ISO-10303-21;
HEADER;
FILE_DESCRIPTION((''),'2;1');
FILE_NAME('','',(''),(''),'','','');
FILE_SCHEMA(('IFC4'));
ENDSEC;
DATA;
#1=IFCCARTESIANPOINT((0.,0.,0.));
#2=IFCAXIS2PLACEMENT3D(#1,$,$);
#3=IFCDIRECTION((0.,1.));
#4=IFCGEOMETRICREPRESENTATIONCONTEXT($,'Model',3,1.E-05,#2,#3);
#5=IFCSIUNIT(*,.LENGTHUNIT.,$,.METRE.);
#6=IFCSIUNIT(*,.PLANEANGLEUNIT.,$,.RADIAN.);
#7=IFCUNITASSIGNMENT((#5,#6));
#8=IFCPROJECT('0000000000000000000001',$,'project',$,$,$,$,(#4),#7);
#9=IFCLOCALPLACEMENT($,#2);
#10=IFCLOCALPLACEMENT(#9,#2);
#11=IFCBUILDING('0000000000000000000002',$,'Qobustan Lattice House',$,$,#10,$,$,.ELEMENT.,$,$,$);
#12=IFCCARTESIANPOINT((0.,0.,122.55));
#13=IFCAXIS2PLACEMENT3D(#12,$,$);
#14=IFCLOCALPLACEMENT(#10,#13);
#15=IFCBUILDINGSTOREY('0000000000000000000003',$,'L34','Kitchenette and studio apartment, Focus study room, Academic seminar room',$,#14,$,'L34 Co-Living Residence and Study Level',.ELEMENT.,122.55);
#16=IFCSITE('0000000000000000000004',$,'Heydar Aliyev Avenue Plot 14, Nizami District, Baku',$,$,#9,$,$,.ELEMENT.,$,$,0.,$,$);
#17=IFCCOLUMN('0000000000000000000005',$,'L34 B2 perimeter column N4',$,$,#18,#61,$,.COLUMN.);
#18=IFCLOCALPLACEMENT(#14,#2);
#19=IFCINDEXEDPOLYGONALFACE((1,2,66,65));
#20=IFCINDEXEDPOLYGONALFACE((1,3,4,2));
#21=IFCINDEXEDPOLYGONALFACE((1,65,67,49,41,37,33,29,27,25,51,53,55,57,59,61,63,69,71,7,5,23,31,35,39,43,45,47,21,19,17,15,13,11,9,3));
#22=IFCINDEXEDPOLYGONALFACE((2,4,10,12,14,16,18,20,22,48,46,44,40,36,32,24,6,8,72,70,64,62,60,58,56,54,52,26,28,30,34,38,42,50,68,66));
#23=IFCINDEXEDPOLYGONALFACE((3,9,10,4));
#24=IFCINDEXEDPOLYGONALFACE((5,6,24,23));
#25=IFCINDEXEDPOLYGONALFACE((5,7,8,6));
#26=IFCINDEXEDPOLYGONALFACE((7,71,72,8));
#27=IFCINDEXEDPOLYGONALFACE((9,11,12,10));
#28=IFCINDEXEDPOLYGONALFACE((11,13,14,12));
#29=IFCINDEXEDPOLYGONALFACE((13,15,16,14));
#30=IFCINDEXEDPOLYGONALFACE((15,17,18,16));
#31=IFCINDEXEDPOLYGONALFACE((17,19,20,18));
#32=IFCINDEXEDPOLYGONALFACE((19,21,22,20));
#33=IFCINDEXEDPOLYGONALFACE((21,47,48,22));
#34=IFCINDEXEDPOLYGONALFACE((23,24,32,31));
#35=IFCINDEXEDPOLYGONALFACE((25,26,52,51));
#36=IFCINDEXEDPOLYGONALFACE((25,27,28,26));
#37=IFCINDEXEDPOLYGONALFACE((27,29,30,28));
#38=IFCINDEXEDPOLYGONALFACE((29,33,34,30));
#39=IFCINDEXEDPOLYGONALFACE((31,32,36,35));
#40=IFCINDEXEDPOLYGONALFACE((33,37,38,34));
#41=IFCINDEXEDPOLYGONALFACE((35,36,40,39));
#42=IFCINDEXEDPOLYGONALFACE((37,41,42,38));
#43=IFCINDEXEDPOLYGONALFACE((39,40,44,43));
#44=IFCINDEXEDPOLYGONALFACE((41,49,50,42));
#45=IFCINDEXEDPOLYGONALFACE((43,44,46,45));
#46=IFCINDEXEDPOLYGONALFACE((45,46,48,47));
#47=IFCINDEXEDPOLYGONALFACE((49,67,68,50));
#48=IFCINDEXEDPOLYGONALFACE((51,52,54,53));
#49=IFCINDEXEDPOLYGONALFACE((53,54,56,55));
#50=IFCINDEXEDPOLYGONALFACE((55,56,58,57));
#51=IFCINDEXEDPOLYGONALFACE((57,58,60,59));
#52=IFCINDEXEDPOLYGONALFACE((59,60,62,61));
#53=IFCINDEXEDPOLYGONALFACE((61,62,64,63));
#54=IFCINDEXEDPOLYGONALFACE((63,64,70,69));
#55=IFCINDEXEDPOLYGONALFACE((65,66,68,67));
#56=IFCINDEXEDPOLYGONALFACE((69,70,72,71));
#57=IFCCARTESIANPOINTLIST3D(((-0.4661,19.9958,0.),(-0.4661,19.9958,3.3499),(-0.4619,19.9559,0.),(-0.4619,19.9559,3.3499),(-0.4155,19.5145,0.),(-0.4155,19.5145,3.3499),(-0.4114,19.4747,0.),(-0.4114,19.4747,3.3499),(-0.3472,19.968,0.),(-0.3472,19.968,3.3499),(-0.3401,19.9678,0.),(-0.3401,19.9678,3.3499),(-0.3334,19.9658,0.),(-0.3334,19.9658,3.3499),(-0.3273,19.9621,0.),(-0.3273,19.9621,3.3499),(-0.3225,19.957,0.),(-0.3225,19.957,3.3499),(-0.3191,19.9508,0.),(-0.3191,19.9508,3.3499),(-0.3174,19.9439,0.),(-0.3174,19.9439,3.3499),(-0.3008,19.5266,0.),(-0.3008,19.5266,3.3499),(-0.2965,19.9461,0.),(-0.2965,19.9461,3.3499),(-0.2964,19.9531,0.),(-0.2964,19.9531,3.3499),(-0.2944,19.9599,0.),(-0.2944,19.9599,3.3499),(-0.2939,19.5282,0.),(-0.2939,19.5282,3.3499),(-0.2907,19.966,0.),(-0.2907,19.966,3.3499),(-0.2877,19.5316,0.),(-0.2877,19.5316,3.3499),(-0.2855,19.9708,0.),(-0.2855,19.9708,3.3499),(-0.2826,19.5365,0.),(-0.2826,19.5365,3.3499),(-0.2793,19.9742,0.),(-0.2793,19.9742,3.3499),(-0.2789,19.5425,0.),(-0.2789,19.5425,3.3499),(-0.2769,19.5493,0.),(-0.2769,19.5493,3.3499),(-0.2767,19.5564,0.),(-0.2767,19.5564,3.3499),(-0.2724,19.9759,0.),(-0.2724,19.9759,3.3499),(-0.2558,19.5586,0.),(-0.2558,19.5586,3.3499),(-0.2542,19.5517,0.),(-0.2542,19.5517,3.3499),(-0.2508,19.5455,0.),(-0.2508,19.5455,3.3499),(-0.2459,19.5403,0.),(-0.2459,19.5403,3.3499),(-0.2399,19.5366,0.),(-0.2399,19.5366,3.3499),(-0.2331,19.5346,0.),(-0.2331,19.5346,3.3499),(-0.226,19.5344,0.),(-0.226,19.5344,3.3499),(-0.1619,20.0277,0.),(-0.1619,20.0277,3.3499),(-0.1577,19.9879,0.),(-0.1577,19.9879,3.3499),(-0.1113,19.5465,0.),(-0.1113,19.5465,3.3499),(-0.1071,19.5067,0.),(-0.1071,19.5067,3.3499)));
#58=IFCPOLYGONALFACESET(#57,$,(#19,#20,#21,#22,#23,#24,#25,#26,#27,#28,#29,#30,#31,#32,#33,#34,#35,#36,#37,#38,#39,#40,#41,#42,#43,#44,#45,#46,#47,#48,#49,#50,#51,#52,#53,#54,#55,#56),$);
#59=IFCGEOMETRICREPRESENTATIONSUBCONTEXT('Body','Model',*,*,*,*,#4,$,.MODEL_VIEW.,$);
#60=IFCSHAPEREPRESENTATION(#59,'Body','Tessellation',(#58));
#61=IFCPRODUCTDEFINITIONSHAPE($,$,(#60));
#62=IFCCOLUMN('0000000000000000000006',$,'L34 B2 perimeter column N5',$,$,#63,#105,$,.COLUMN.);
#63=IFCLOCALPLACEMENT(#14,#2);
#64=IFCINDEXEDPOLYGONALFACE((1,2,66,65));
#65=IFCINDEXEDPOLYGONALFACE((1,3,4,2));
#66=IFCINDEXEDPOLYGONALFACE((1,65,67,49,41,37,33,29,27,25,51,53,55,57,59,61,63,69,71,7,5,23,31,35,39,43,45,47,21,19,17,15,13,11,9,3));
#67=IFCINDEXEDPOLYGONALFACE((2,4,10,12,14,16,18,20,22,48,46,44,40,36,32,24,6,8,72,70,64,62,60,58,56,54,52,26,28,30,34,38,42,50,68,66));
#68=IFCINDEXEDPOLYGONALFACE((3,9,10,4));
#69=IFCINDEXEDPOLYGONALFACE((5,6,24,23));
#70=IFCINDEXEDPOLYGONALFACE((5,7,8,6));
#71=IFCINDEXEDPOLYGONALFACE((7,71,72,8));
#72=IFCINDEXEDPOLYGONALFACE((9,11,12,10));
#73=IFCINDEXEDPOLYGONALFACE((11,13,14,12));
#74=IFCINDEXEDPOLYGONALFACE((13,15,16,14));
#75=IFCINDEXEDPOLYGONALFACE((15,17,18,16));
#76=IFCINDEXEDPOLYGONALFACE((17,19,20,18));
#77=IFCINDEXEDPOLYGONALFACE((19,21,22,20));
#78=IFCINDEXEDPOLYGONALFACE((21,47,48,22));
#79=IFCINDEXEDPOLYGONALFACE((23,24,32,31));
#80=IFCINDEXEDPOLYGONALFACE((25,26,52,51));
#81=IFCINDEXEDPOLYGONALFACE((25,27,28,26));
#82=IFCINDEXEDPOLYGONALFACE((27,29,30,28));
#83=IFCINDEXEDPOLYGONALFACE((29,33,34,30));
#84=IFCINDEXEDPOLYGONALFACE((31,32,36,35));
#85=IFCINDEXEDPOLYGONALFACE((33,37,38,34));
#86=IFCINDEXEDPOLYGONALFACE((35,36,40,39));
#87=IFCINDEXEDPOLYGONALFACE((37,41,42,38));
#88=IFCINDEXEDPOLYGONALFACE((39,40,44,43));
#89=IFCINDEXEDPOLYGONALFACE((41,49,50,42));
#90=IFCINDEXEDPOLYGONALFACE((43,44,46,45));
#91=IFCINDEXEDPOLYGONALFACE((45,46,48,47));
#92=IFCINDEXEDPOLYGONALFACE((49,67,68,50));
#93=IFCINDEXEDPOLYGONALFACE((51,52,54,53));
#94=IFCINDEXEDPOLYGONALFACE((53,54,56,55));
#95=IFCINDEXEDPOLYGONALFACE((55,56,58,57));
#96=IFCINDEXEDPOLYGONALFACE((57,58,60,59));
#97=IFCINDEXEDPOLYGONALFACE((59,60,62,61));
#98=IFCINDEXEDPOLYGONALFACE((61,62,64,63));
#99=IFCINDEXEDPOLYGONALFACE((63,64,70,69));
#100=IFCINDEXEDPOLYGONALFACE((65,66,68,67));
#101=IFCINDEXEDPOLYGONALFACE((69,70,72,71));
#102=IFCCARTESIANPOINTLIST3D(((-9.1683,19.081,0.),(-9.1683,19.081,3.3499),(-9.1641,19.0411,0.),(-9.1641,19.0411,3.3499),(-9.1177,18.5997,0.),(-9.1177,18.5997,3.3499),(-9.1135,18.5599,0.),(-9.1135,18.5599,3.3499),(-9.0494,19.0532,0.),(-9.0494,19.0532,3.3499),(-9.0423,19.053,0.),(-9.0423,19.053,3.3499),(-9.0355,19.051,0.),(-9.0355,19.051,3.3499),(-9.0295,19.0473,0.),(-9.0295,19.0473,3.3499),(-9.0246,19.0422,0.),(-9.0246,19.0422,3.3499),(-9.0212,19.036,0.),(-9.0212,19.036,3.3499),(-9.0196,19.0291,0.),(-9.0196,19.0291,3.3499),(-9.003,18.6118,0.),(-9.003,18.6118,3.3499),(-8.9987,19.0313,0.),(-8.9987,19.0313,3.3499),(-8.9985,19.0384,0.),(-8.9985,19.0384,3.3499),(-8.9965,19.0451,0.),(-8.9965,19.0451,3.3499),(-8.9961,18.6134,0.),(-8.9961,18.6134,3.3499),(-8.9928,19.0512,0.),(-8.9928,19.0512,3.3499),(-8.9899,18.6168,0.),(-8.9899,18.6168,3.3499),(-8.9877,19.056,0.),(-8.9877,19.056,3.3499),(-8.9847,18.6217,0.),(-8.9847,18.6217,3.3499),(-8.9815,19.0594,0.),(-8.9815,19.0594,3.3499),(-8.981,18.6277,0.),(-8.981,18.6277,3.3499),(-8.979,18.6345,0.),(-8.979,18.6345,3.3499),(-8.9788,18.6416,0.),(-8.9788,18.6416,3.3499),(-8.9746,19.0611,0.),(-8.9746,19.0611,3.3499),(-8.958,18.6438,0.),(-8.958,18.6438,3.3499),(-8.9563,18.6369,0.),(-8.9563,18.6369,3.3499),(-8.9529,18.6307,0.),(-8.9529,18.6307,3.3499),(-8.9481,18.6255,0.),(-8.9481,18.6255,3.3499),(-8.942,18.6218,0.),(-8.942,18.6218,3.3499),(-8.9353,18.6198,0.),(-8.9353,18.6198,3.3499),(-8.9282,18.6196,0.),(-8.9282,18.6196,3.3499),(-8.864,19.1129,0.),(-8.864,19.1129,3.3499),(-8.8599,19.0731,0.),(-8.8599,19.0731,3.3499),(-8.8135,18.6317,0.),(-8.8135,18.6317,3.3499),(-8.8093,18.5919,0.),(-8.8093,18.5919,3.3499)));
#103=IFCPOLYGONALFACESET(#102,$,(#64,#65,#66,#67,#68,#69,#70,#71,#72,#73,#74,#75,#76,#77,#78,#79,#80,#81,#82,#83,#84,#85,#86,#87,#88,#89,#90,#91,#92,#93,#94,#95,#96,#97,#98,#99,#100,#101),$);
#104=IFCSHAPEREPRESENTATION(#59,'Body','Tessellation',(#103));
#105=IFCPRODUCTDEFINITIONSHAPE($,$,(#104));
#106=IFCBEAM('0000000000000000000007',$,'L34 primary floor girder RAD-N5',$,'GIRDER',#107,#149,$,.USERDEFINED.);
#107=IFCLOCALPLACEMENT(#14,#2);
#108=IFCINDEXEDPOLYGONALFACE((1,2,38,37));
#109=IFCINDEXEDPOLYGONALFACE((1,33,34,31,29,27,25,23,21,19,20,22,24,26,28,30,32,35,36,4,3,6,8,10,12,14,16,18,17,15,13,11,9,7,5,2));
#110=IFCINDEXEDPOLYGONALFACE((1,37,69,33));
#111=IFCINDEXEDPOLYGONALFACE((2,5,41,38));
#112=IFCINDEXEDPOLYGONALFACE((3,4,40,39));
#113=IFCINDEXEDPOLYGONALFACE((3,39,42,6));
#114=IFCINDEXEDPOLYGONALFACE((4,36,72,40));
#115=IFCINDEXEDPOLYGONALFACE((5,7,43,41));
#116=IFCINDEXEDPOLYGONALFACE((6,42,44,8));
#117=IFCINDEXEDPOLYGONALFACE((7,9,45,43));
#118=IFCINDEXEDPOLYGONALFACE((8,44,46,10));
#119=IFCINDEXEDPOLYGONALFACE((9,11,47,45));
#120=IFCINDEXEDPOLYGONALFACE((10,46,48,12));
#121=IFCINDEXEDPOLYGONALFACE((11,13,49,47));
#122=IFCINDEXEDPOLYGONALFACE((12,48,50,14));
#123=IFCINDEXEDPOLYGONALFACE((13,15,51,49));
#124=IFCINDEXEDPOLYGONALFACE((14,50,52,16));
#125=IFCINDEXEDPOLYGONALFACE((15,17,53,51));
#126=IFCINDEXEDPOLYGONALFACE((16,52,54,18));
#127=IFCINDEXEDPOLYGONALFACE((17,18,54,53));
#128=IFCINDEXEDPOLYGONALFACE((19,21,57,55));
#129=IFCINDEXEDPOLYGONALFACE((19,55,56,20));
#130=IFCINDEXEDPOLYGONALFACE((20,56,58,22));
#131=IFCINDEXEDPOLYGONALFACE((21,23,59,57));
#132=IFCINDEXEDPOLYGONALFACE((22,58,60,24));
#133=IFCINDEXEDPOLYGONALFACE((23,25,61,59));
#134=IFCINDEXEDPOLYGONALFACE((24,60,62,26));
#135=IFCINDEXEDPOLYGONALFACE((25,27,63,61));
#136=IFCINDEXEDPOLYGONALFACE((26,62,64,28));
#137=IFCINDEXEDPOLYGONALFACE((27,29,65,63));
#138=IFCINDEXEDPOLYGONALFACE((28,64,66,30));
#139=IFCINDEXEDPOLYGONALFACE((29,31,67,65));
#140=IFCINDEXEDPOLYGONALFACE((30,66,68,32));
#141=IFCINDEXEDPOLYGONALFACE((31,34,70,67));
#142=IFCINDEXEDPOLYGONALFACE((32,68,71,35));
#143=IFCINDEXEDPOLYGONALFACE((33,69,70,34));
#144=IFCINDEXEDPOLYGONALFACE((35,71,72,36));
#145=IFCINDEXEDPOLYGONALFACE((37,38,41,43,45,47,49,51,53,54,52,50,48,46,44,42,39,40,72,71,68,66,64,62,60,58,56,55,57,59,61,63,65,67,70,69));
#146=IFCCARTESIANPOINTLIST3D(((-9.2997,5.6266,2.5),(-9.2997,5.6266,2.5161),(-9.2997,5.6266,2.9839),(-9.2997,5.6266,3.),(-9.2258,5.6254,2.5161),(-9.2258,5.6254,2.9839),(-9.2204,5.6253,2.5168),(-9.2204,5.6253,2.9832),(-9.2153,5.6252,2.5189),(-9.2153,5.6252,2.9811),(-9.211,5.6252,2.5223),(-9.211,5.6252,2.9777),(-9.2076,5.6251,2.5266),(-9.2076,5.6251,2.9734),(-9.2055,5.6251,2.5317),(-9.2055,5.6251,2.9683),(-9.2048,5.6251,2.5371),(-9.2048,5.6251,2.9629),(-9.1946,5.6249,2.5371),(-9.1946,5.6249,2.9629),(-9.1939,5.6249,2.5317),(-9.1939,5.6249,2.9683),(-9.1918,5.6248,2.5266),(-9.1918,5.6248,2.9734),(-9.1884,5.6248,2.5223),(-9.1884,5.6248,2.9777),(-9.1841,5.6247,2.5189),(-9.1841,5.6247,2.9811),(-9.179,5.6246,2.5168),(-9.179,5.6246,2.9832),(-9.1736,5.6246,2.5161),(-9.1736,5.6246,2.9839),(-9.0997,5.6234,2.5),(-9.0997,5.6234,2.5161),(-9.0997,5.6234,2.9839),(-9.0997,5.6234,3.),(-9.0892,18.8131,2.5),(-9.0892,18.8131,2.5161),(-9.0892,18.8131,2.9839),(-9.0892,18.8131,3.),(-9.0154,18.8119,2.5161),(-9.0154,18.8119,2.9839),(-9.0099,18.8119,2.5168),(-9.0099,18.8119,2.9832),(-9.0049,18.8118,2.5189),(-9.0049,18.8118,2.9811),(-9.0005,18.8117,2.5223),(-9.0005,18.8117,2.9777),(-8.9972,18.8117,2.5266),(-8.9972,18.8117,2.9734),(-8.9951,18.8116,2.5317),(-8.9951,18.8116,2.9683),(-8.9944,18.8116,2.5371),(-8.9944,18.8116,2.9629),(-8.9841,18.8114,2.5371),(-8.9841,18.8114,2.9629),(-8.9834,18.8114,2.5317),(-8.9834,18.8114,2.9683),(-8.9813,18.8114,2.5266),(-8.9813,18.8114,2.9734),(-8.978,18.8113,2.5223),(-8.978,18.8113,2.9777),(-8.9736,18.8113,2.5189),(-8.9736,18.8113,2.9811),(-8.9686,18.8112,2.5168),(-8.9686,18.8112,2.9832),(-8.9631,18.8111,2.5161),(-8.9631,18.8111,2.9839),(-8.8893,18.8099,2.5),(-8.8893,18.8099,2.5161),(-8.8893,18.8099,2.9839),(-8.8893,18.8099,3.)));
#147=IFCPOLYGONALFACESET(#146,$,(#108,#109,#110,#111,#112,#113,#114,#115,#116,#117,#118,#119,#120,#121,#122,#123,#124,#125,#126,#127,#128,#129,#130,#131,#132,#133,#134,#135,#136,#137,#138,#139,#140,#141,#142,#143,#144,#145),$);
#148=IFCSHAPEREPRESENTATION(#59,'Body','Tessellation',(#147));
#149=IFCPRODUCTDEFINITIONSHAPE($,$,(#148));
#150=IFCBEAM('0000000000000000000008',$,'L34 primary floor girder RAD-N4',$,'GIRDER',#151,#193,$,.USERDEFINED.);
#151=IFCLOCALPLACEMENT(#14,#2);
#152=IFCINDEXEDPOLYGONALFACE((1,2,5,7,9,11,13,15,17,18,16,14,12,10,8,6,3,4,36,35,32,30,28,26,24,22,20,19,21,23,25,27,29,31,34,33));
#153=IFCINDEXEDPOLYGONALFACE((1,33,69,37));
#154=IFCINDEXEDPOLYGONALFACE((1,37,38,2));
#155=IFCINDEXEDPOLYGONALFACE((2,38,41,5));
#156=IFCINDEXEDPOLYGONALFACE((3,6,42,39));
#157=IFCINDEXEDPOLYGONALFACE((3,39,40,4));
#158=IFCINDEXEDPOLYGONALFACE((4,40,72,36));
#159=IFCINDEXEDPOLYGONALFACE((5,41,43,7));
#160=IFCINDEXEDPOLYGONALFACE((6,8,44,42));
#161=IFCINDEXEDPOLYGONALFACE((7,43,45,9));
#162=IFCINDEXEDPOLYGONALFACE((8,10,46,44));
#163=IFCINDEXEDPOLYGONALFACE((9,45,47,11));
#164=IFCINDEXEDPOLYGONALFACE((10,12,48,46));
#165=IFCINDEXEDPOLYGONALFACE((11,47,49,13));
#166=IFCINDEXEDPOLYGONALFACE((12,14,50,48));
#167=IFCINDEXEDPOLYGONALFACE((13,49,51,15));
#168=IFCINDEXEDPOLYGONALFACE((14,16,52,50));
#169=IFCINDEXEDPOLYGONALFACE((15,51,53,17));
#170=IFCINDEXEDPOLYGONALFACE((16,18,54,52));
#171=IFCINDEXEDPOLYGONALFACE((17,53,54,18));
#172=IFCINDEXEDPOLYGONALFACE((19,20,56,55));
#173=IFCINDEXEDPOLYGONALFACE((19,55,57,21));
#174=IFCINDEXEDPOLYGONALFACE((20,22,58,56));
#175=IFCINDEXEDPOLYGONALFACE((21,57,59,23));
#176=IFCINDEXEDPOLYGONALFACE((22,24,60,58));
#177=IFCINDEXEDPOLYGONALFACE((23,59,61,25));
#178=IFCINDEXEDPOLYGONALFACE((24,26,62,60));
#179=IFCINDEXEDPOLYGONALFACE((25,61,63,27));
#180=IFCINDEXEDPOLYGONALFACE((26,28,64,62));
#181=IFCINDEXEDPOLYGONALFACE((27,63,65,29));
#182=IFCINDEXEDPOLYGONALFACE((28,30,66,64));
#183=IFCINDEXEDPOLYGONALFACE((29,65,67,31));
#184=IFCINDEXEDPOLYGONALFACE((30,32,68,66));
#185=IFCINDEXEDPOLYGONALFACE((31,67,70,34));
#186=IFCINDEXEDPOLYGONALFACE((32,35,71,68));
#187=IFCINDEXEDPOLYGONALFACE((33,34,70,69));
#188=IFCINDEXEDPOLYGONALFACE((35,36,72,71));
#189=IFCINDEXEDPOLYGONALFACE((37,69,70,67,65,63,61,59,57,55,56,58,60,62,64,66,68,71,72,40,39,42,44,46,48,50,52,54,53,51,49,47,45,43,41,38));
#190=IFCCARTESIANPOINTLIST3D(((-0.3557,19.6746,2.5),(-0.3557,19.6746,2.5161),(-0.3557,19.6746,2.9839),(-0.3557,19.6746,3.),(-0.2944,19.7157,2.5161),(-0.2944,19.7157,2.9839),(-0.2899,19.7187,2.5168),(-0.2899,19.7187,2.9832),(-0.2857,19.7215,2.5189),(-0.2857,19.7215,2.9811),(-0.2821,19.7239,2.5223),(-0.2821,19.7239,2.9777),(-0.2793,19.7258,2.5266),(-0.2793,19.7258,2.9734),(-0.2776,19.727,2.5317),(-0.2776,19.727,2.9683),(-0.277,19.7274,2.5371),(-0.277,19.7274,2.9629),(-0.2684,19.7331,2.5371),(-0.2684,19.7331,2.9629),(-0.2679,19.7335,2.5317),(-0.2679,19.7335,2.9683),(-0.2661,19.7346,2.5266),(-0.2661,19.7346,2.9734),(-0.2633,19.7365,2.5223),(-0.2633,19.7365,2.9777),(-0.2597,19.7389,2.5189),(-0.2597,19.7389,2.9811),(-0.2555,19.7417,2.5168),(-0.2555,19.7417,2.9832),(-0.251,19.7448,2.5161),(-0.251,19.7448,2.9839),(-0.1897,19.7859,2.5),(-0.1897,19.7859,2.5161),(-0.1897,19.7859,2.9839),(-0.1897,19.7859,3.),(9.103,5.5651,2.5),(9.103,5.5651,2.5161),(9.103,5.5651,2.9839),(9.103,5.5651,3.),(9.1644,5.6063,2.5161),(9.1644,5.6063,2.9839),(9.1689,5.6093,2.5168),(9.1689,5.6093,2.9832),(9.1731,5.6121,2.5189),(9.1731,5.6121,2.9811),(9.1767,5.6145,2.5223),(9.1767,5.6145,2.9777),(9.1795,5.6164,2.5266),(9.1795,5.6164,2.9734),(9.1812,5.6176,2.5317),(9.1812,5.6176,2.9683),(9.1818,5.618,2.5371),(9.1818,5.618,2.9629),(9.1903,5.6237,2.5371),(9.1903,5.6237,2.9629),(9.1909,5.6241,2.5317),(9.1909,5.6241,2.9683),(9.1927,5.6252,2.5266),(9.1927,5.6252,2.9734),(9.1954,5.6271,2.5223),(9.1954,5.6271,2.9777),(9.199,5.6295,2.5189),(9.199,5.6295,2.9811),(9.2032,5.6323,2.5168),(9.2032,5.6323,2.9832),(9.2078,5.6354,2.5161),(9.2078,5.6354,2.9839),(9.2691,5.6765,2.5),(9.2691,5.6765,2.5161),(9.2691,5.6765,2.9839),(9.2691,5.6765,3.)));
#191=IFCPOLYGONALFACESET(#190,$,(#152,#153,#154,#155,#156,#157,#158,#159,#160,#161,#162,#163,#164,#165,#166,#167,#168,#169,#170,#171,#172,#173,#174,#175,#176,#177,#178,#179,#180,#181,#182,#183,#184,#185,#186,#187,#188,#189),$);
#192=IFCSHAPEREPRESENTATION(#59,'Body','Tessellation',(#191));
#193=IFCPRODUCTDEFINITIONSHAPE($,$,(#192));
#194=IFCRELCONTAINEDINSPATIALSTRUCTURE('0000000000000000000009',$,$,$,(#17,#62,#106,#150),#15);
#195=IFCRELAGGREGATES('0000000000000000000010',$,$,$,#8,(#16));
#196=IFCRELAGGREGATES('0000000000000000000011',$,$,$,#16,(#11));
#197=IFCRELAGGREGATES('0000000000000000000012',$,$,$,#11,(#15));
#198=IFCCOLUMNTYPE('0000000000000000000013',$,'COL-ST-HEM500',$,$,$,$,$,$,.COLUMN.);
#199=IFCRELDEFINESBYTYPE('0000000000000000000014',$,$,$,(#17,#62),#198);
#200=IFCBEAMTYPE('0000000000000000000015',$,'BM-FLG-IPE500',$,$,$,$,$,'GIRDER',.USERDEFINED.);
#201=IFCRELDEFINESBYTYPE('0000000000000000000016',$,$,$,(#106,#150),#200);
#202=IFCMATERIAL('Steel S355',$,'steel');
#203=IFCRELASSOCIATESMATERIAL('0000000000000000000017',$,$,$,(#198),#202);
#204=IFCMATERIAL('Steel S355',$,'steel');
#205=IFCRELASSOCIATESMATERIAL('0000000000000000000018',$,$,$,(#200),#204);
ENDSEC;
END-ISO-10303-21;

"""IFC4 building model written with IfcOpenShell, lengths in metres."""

from ifc_helpers import new_model, si_unit, direction, frame, origin, origin_2d, place, context, subcontext, project, spatial, i_section, extrude, material, material_profile, profile_set, type_object, element, save


model = new_model("IFC4")

# Units and contexts
model_context = context("Model", 3, precision=1e-05, world=origin(), true_north=direction((0.0, 1.0)))
body_context = subcontext(model_context, "Body", "Model", "MODEL_VIEW")
ifc_project = project(units=[si_unit("LENGTHUNIT", "METRE"), si_unit("PLANEANGLEUNIT", "RADIAN")], contexts=[model_context])

# Site, building, storey
site_placement = place(None, origin())
site = spatial("IfcSite", under=ifc_project, at=site_placement, Name="Heydar Aliyev Avenue Plot 14, Nizami District, Baku", CompositionType="ELEMENT", RefElevation=0.0)
building_placement = place(site_placement, origin())
building = spatial("IfcBuilding", under=site, at=building_placement, Name="Qobustan Lattice House", CompositionType="ELEMENT")
storey_placement = place(building_placement, frame((0.0, 0.0, 122.55)))
storey = spatial("IfcBuildingStorey", under=building, at=storey_placement, Name="L34", Description="Kitchenette and studio apartment, Focus study room, Academic seminar room", LongName="L34 Co-Living Residence and Study Level", CompositionType="ELEMENT", Elevation=122.55)

# Columns
ifc_material_1 = material(Name="Steel S355", Category="steel")
ifc_material_profile_1 = material_profile(ifc_material_1, i_section(OverallWidth=0.3059, OverallDepth=0.5239, WebThickness=0.021, FlangeThickness=0.04, FilletRadius=0.0271, at=origin_2d()), Name="HEM500")
ifc_profile_set_1 = profile_set([ifc_material_profile_1], Name="Steel S355")
column_type = type_object("IfcColumnType", Name="COL-ST-HEM500", PredefinedType="COLUMN", material=ifc_profile_set_1)
for number, where, z_axis, x_axis, name in (
    (1, (-0.2866, 19.7512, 0.0), (0.0, 0.0, 1.0), (0.994522, 0.104528, 0.0), "L34 B2 perimeter column N4"),
    (2, (-8.9888, 18.8364, 0.0), (0.0, 0.0, 1.0), (0.994522, 0.104528, 0.0), "L34 B2 perimeter column N5"),
):
    element("IfcColumn", number, at=place(storey_placement, frame(where, z_axis=z_axis, x_axis=x_axis)), inside=storey, type_object=column_type, Name=name, PredefinedType="COLUMN", context=body_context, shape_type="SweptSolid", body=[
        extrude(i_section(OverallWidth=0.3059, OverallDepth=0.5239, WebThickness=0.021, FlangeThickness=0.04, FilletRadius=0.0271, at=origin_2d()), origin(), (0.0, 0.0, 1.0), 3.3499),
    ])

# Beams
ifc_material_2 = material(Name="Steel S355", Category="steel")
ifc_material_profile_2 = material_profile(ifc_material_2, i_section(OverallWidth=0.2, OverallDepth=0.5, WebThickness=0.0103, FlangeThickness=0.0161, FilletRadius=0.021, at=origin_2d()), Name="IPE500")
ifc_profile_set_2 = profile_set([ifc_material_profile_2], Name="Steel S355")
beam_type_1 = type_object("IfcBeamType", Name="BM-FLG-IPE500", ElementType="GIRDER", PredefinedType="USERDEFINED", material=ifc_profile_set_2)
beam_1_placement = place(storey_placement, frame((-8.9893, 18.8115, 2.75), z_axis=(-0.015957, -0.999873, 0.0), x_axis=(0.999873, -0.015957, 0.0)))
element("IfcBeam", 3, at=beam_1_placement, inside=storey, type_object=beam_type_1, Name="L34 primary floor girder RAD-N5", ObjectType="GIRDER", PredefinedType="USERDEFINED", context=body_context, shape_type="SweptSolid", body=[
    extrude(i_section(OverallWidth=0.2, OverallDepth=0.5, WebThickness=0.0103, FlangeThickness=0.0161, FilletRadius=0.021, at=origin_2d()), origin(), (0.0, 0.0, 1.0), 13.1882),
])
beam_2_placement = place(storey_placement, frame((-0.2727, 19.7302, 2.75), z_axis=(0.556838, -0.830621, 0.0), x_axis=(0.830621, 0.556838, 0.0)))
element("IfcBeam", 4, at=beam_2_placement, inside=storey, type_object=beam_type_1, Name="L34 primary floor girder RAD-N4", ObjectType="GIRDER", PredefinedType="USERDEFINED", context=body_context, shape_type="SweptSolid", body=[
    extrude(i_section(OverallWidth=0.2, OverallDepth=0.5, WebThickness=0.0103, FlangeThickness=0.0161, FilletRadius=0.021, at=origin_2d()), origin(), (0.0, 0.0, 1.0), 16.9866),
])

save(model, "model.ifc")
